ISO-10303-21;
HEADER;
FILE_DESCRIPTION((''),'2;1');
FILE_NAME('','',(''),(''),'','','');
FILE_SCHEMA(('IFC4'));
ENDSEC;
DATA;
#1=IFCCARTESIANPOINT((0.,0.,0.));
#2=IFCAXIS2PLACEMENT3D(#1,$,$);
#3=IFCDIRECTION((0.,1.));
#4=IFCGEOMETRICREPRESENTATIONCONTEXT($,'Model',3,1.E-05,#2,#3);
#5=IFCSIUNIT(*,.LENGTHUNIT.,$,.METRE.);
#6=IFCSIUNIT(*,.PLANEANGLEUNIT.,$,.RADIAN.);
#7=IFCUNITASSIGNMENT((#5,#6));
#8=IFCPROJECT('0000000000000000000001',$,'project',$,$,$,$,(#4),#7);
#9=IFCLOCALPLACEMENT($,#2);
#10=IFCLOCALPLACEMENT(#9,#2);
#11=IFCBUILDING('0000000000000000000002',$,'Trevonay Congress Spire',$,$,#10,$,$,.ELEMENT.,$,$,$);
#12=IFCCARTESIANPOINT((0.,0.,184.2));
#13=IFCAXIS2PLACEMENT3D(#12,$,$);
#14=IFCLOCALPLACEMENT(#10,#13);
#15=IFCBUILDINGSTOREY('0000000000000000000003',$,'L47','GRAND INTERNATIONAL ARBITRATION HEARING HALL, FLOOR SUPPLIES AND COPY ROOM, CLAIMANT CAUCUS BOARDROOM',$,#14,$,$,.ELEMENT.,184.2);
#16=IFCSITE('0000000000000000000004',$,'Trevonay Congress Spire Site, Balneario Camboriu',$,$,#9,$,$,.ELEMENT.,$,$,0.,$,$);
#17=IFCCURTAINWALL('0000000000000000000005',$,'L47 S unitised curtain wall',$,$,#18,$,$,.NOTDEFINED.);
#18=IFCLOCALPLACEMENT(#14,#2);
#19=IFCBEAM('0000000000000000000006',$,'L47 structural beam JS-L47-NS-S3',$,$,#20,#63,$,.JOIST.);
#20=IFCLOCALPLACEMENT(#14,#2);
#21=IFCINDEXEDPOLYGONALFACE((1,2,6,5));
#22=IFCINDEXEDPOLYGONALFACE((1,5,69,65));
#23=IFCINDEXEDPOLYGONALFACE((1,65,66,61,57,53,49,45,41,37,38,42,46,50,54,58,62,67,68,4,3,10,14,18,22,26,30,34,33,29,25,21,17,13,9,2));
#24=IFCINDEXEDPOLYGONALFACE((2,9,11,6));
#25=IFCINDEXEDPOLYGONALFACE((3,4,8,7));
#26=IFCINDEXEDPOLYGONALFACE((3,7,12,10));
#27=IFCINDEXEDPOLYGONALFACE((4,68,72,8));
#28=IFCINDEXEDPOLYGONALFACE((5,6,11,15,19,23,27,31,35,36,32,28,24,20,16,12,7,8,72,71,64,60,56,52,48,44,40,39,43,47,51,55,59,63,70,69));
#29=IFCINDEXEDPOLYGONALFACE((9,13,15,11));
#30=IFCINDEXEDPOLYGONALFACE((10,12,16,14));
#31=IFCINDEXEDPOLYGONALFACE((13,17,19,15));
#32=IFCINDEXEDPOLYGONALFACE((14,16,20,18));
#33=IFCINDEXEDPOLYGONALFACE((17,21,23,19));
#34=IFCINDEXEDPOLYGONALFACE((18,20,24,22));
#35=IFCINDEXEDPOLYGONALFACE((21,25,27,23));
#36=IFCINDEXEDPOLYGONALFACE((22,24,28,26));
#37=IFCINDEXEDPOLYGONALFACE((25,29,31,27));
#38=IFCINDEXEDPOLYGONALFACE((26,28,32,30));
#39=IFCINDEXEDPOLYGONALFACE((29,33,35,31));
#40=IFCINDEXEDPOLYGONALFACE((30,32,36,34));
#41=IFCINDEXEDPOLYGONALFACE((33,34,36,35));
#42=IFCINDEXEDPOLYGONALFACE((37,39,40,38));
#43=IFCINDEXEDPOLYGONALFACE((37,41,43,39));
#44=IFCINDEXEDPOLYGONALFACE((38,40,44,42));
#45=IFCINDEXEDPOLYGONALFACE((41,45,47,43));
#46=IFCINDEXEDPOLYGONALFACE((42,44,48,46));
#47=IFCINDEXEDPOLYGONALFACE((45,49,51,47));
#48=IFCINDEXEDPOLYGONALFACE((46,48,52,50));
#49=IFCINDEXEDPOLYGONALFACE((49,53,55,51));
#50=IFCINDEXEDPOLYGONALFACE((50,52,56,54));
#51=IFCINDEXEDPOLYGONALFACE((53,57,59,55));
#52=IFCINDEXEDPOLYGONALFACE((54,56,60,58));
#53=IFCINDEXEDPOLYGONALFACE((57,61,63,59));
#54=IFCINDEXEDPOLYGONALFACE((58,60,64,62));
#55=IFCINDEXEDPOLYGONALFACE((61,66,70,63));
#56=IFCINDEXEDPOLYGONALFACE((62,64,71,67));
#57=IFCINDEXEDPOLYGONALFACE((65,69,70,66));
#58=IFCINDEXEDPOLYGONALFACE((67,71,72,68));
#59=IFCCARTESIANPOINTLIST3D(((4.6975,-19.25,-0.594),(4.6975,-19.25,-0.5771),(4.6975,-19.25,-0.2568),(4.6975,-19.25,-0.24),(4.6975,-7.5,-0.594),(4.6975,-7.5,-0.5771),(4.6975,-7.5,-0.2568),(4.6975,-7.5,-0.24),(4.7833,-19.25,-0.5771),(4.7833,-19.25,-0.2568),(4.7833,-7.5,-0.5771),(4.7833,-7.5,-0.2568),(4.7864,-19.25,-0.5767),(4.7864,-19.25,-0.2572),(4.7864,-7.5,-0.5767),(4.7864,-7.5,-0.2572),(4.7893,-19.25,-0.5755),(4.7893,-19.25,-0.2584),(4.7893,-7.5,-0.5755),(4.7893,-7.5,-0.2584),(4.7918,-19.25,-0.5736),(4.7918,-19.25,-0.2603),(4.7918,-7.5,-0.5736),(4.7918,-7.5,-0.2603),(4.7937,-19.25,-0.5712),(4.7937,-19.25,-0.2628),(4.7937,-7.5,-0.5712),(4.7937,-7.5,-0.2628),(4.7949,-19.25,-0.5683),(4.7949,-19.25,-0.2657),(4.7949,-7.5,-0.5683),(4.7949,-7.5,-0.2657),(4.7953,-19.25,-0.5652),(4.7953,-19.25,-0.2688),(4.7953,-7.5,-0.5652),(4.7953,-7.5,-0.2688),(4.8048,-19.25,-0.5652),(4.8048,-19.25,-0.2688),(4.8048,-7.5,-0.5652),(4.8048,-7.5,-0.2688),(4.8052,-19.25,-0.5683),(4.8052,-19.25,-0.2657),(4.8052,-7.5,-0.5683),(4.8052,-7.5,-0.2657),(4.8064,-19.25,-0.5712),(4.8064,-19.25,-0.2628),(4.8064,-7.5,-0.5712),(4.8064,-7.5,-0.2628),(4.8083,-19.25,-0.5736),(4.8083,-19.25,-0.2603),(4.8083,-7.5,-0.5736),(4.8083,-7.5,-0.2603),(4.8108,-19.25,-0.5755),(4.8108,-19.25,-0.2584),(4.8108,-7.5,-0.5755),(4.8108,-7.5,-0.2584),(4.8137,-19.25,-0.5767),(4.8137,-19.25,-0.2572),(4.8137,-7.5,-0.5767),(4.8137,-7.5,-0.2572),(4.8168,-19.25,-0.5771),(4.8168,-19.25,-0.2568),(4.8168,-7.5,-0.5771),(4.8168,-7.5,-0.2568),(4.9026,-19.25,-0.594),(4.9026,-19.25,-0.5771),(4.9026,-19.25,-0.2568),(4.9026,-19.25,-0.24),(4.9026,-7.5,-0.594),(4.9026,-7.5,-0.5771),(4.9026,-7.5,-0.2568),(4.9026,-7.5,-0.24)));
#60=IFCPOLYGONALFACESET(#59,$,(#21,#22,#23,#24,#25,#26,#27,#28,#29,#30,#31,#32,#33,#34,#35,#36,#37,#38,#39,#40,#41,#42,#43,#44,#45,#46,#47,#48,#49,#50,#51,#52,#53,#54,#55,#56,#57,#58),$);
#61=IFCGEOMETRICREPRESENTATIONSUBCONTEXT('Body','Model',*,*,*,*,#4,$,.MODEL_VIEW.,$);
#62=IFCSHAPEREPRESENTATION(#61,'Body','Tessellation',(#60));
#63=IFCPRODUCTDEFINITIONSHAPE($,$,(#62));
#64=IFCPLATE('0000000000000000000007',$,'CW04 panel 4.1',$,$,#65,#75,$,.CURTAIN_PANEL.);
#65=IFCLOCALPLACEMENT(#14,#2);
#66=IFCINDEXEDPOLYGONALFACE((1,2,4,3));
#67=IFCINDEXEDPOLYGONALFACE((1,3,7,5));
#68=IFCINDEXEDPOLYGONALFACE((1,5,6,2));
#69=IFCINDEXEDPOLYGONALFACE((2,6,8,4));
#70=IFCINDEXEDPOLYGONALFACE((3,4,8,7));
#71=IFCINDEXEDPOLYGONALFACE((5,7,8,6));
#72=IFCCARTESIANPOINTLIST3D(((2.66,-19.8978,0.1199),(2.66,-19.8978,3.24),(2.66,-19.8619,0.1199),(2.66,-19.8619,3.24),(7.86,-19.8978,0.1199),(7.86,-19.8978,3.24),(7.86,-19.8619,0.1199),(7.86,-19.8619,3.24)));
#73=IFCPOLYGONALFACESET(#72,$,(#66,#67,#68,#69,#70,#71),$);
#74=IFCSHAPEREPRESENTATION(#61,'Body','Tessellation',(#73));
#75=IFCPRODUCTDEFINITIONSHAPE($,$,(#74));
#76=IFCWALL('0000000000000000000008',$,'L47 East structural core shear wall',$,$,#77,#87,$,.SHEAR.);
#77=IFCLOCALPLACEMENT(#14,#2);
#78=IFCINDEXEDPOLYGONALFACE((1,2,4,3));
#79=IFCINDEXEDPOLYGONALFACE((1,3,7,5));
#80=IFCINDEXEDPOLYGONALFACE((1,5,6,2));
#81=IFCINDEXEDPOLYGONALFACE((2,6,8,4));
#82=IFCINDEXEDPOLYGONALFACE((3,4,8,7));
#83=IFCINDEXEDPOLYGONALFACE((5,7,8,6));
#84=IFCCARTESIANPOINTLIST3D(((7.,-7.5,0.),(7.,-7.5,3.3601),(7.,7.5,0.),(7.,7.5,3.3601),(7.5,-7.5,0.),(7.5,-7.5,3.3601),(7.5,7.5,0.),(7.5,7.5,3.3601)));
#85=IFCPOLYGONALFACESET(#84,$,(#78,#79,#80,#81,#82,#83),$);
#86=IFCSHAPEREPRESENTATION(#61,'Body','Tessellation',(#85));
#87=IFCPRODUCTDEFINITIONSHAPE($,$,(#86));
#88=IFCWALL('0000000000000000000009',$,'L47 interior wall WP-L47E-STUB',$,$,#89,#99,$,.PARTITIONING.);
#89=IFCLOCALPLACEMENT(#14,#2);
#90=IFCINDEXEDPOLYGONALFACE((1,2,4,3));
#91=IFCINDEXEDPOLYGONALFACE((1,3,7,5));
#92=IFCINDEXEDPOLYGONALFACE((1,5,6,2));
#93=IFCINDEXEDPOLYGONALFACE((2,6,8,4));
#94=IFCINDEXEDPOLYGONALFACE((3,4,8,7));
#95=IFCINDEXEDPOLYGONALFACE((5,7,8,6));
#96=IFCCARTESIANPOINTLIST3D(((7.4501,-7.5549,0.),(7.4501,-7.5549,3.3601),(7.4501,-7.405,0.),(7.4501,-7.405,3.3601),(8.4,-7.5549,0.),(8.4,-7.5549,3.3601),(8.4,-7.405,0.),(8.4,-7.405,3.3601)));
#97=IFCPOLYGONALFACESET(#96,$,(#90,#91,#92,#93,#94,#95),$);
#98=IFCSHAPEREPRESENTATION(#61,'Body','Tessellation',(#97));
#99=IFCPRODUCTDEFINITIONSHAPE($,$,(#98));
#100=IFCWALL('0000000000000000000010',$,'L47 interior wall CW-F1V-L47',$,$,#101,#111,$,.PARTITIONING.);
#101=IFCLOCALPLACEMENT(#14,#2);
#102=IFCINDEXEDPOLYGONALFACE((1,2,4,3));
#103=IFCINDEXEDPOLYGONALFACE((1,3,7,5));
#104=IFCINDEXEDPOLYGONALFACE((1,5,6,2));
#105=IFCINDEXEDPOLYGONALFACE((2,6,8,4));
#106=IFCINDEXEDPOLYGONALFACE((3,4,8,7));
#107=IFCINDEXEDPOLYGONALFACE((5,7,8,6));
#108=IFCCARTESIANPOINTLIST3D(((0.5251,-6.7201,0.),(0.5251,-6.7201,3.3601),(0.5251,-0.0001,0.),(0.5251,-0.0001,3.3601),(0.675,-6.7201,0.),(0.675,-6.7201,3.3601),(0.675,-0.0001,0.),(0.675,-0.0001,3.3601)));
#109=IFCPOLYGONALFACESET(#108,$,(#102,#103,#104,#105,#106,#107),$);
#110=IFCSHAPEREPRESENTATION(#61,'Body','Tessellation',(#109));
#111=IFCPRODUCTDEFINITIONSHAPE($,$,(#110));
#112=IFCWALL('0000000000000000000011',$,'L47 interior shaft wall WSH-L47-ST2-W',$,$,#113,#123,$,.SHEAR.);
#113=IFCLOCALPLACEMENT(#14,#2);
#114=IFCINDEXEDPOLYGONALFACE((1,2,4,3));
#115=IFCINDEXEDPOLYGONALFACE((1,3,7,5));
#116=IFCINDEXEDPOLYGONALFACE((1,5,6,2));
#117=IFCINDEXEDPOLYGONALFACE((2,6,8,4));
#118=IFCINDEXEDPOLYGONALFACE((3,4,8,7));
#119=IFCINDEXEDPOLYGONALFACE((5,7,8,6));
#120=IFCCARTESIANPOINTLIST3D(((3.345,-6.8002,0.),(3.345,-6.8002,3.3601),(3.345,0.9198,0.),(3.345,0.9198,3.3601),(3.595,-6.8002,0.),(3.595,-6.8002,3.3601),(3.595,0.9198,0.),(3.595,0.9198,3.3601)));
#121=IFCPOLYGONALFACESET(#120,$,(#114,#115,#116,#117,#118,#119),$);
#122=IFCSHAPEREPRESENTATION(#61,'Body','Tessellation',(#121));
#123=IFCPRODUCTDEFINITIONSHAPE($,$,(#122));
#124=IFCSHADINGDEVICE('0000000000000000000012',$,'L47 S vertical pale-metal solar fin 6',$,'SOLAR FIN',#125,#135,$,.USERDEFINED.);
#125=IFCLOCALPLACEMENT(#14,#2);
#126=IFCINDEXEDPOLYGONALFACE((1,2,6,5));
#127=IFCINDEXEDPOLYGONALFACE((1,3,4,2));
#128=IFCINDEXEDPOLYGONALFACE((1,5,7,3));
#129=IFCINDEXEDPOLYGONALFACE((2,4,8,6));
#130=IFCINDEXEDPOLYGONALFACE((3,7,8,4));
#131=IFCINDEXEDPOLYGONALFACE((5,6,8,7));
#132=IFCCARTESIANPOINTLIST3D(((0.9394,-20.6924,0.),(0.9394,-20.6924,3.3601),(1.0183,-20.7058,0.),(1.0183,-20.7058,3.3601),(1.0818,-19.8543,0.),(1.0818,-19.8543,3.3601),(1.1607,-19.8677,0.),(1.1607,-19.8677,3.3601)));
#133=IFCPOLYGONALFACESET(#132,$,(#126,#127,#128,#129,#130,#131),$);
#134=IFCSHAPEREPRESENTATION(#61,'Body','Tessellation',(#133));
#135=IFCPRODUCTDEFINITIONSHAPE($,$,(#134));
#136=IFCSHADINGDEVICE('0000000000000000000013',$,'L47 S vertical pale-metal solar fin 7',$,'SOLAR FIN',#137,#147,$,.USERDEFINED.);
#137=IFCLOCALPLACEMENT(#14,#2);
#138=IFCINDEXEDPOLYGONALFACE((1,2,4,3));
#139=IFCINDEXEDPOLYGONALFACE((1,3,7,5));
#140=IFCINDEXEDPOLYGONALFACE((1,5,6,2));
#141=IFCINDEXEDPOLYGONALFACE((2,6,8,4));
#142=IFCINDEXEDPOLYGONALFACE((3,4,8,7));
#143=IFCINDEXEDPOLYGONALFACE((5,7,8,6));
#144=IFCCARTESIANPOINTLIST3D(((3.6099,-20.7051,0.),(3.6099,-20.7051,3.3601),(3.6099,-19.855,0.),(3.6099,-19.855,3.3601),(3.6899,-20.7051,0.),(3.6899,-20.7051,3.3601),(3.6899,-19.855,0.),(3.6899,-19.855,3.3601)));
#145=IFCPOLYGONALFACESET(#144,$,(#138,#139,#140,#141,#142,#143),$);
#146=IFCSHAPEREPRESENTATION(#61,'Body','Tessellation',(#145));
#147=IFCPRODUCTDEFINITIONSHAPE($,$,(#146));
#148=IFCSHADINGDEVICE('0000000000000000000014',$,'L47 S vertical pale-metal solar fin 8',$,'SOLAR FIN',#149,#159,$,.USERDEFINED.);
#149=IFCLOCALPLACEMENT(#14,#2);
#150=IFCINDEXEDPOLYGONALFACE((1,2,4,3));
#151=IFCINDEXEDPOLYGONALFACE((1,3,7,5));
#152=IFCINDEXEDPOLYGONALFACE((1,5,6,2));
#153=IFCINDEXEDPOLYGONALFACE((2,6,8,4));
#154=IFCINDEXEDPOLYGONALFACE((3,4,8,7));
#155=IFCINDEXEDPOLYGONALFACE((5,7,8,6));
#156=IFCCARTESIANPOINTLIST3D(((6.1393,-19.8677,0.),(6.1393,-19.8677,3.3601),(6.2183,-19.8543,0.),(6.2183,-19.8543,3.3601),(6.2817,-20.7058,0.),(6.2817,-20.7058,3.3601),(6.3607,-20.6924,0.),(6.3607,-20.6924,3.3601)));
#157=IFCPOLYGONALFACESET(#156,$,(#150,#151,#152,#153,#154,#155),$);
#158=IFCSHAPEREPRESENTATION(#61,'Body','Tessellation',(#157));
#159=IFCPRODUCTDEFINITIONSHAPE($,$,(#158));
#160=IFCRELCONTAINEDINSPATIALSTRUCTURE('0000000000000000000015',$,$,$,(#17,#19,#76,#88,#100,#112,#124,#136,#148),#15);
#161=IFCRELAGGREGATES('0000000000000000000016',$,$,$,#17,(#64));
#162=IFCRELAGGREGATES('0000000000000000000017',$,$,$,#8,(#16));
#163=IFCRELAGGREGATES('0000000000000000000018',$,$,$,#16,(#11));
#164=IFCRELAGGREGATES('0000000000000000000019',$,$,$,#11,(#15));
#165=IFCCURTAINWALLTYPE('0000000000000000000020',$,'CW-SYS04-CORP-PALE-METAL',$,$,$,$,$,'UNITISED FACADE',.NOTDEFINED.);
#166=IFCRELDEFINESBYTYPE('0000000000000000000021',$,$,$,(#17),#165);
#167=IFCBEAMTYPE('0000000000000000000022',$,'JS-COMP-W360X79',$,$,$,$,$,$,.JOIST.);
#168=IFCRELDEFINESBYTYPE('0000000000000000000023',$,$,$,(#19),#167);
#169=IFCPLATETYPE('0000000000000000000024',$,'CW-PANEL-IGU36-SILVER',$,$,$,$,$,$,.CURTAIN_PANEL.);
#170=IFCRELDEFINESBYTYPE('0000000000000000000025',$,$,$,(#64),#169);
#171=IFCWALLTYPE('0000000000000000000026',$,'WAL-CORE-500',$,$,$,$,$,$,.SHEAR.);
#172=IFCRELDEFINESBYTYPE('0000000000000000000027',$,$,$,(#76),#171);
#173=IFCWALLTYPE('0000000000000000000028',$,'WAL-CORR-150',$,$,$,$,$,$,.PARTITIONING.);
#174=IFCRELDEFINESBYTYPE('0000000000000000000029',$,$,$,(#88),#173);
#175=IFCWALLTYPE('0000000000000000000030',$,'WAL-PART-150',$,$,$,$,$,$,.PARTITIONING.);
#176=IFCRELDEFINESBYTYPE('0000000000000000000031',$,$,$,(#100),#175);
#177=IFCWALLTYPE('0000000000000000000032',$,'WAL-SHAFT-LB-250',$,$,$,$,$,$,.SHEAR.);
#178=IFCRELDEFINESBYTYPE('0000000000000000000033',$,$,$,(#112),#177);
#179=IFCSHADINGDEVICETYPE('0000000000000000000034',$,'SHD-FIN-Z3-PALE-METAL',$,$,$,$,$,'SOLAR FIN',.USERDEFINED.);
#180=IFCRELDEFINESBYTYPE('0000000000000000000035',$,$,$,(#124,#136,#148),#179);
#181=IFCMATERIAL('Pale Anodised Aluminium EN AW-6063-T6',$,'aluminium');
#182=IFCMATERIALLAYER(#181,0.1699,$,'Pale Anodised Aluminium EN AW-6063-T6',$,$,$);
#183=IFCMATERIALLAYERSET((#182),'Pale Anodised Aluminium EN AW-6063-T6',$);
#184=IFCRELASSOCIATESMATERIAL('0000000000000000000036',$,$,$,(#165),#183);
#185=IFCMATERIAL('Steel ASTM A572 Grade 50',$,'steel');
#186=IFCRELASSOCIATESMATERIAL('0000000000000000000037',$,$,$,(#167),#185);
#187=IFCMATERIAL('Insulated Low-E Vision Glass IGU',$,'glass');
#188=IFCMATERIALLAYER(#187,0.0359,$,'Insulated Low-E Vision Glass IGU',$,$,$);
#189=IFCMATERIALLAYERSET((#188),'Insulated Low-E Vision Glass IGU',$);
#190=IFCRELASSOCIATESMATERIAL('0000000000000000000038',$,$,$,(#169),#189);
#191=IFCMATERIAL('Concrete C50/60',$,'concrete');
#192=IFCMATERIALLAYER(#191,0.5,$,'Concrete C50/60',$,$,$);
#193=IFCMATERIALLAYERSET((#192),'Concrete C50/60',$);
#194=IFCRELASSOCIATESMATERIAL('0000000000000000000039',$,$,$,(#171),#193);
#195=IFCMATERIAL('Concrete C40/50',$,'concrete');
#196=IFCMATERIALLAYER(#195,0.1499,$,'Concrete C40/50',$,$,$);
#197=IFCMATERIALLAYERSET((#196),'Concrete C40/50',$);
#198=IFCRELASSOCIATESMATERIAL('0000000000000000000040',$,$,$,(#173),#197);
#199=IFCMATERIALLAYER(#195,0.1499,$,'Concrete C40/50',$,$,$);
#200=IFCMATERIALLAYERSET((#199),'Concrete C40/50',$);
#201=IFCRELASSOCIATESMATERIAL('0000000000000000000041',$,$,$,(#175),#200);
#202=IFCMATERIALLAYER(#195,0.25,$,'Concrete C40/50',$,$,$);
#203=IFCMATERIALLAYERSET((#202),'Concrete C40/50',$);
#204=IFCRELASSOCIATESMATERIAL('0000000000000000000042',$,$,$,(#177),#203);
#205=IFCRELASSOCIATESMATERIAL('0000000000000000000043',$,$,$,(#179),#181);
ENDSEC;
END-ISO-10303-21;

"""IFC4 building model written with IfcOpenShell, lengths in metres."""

from ifc_helpers import new_model, si_unit, direction, frame, frame_2d, origin, origin_2d, place, context, subcontext, project, spatial, rectangle, i_section, extrude, material, layer, layer_set, material_profile, profile_set, type_object, element, aggregate, save


model = new_model("IFC4")

# Units and contexts
model_context = context("Model", 3, precision=1e-05, world=origin(), true_north=direction((0.0, 1.0)))
body_context = subcontext(model_context, "Body", "Model", "MODEL_VIEW")
ifc_project = project(units=[si_unit("LENGTHUNIT", "METRE"), si_unit("PLANEANGLEUNIT", "RADIAN")], contexts=[model_context])

# Site, building, storey
site_placement = place(None, origin())
site = spatial("IfcSite", under=ifc_project, at=site_placement, Name="Trevonay Congress Spire Site, Balneario Camboriu", CompositionType="ELEMENT", RefElevation=0.0)
building_placement = place(site_placement, origin())
building = spatial("IfcBuilding", under=site, at=building_placement, Name="Trevonay Congress Spire", CompositionType="ELEMENT")
storey_placement = place(building_placement, frame((0.0, 0.0, 184.2)))
storey = spatial("IfcBuildingStorey", under=building, at=storey_placement, Name="L47", Description="GRAND INTERNATIONAL ARBITRATION HEARING HALL, FLOOR SUPPLIES AND COPY ROOM, CLAIMANT CAUCUS BOARDROOM", CompositionType="ELEMENT", Elevation=184.2)

# Shared definitions
ifc_material_1 = material(Name="Steel ASTM A572 Grade 50", Category="steel")

# Curtain wall
ifc_material_2 = material(Name="Pale Anodised Aluminium EN AW-6063-T6", Category="aluminium")
ifc_layer_1 = layer(ifc_material_2, 0.1699, Name="Pale Anodised Aluminium EN AW-6063-T6")
ifc_layer_set_1 = layer_set([ifc_layer_1], Name="Pale Anodised Aluminium EN AW-6063-T6")
curtain_wall_type = type_object("IfcCurtainWallType", Name="CW-SYS04-CORP-PALE-METAL", ElementType="UNITISED FACADE", PredefinedType="NOTDEFINED", material=ifc_layer_set_1)
curtain_wall_placement = place(storey_placement, origin())
curtain_wall = element("IfcCurtainWall", 1, at=curtain_wall_placement, inside=storey, type_object=curtain_wall_type, Name="L47 S unitised curtain wall", PredefinedType="NOTDEFINED")

# Beam
ifc_material_profile_1 = material_profile(ifc_material_1, i_section(OverallWidth=0.2051, OverallDepth=0.354, WebThickness=0.0095, FlangeThickness=0.0168, FilletRadius=0.012, at=origin_2d()), Name="W360x79")
ifc_profile_set_1 = profile_set([ifc_material_profile_1], Name="Steel ASTM A572 Grade 50")
beam_type_1 = type_object("IfcBeamType", Name="JS-COMP-W360X79", PredefinedType="JOIST", material=ifc_profile_set_1)
beam_1_placement = place(storey_placement, frame((4.8, -19.25, -0.417), z_axis=(0.0, 1.0, 0.0), x_axis=(-1.0, 0.0, 0.0)))
element("IfcBeam", 2, at=beam_1_placement, inside=storey, type_object=beam_type_1, Name="L47 structural beam JS-L47-NS-S3", PredefinedType="JOIST", context=body_context, shape_type="SweptSolid", body=[
    extrude(i_section(OverallWidth=0.2051, OverallDepth=0.354, WebThickness=0.0095, FlangeThickness=0.0168, FilletRadius=0.012, at=origin_2d()), origin(), (0.0, 0.0, 1.0), 11.75),
])

# Plate
ifc_material_3 = material(Name="Insulated Low-E Vision Glass IGU", Category="glass")
ifc_layer_2 = layer(ifc_material_3, 0.0359, Name="Insulated Low-E Vision Glass IGU")
ifc_layer_set_2 = layer_set([ifc_layer_2], Name="Insulated Low-E Vision Glass IGU")
plate_type = type_object("IfcPlateType", Name="CW-PANEL-IGU36-SILVER", PredefinedType="CURTAIN_PANEL", material=ifc_layer_set_2)
plate_placement = place(storey_placement, frame((5.26, -19.8799, 0.1199), z_axis=(0.0, 0.0, 1.0), x_axis=(1.0, 0.0, 0.0)))
plate = element("IfcPlate", 3, at=plate_placement, type_object=plate_type, Name="CW04 panel 4.1", PredefinedType="CURTAIN_PANEL", context=body_context, shape_type="SweptSolid", body=[
    extrude(rectangle(XDim=5.2, YDim=0.0359, at=origin_2d()), origin(), (0.0, 0.0, 1.0), 3.1201),
])
aggregate(curtain_wall, [plate])

# Walls
ifc_material_4 = material(Name="Concrete C50/60", Category="concrete")
ifc_layer_3 = layer(ifc_material_4, 0.5, Name="Concrete C50/60")
ifc_layer_set_3 = layer_set([ifc_layer_3], Name="Concrete C50/60")
wall_type_1 = type_object("IfcWallType", Name="WAL-CORE-500", PredefinedType="SHEAR", material=ifc_layer_set_3)
wall_1_placement = place(storey_placement, frame((7.25, -7.5, 0.0), z_axis=(0.0, 0.0, 1.0), x_axis=(0.0, 1.0, 0.0)))
element("IfcWall", 4, at=wall_1_placement, inside=storey, type_object=wall_type_1, Name="L47 East structural core shear wall", PredefinedType="SHEAR", context=body_context, shape_type="SweptSolid", body=[
    extrude(rectangle(XDim=15.0, YDim=0.5, at=frame_2d((7.5, 0.0))), origin(), (0.0, 0.0, 1.0), 3.3601),
])
ifc_material_5 = material(Name="Concrete C40/50", Category="concrete")
ifc_layer_4 = layer(ifc_material_5, 0.1499, Name="Concrete C40/50")
ifc_layer_set_4 = layer_set([ifc_layer_4], Name="Concrete C40/50")
wall_type_2 = type_object("IfcWallType", Name="WAL-CORR-150", PredefinedType="PARTITIONING", material=ifc_layer_set_4)
wall_2_placement = place(storey_placement, frame((7.45, -7.48, 0.0), z_axis=(0.0, 0.0, 1.0), x_axis=(1.0, 0.0, 0.0)))
element("IfcWall", 5, at=wall_2_placement, inside=storey, type_object=wall_type_2, Name="L47 interior wall WP-L47E-STUB", PredefinedType="PARTITIONING", context=body_context, shape_type="SweptSolid", body=[
    extrude(rectangle(XDim=0.95, YDim=0.1499, at=frame_2d((0.4751, 0.0))), origin(), (0.0, 0.0, 1.0), 3.3601),
])
ifc_layer_5 = layer(ifc_material_5, 0.1499, Name="Concrete C40/50")
ifc_layer_set_5 = layer_set([ifc_layer_5], Name="Concrete C40/50")
wall_type_3 = type_object("IfcWallType", Name="WAL-PART-150", PredefinedType="PARTITIONING", material=ifc_layer_set_5)
wall_3_placement = place(storey_placement, frame((0.6001, -6.72, 0.0), z_axis=(0.0, 0.0, 1.0), x_axis=(0.0, 1.0, 0.0)))
element("IfcWall", 6, at=wall_3_placement, inside=storey, type_object=wall_type_3, Name="L47 interior wall CW-F1V-L47", PredefinedType="PARTITIONING", context=body_context, shape_type="SweptSolid", body=[
    extrude(rectangle(XDim=6.72, YDim=0.1499, at=frame_2d((3.3599, 0.0))), origin(), (0.0, 0.0, 1.0), 3.3601),
])
ifc_layer_6 = layer(ifc_material_5, 0.25, Name="Concrete C40/50")
ifc_layer_set_6 = layer_set([ifc_layer_6], Name="Concrete C40/50")
wall_type_4 = type_object("IfcWallType", Name="WAL-SHAFT-LB-250", PredefinedType="SHEAR", material=ifc_layer_set_6)
wall_4_placement = place(storey_placement, frame((3.47, -6.8, 0.0), z_axis=(0.0, 0.0, 1.0), x_axis=(0.0, 1.0, 0.0)))
element("IfcWall", 7, at=wall_4_placement, inside=storey, type_object=wall_type_4, Name="L47 interior shaft wall WSH-L47-ST2-W", PredefinedType="SHEAR", context=body_context, shape_type="SweptSolid", body=[
    extrude(rectangle(XDim=7.72, YDim=0.25, at=frame_2d((3.8599, 0.0))), origin(), (0.0, 0.0, 1.0), 3.3601),
])

# Shading devices
shading_device_type = type_object("IfcShadingDeviceType", Name="SHD-FIN-Z3-PALE-METAL", ElementType="SOLAR FIN", PredefinedType="USERDEFINED", material=ifc_material_2)
for number, where, z_axis, x_axis, name in (
    (8, (1.05, -20.28, 0.0), (0.0, 0.0, 1.0), (0.985879, -0.167457, 0.0), "L47 S vertical pale-metal solar fin 6"),
    (9, (3.6499, -20.28, 0.0), (0.0, 0.0, 1.0), (1.0, 0.0, 0.0), "L47 S vertical pale-metal solar fin 7"),
    (10, (6.25, -20.28, 0.0), (0.0, 0.0, 1.0), (0.985879, 0.167457, 0.0), "L47 S vertical pale-metal solar fin 8"),
):
    element("IfcShadingDevice", number, at=place(storey_placement, frame(where, z_axis=z_axis, x_axis=x_axis)), inside=storey, type_object=shading_device_type, Name=name, ObjectType="SOLAR FIN", PredefinedType="USERDEFINED", context=body_context, shape_type="SweptSolid", body=[
        extrude(rectangle(XDim=0.0801, YDim=0.8501, at=origin_2d()), origin(), (0.0, 0.0, 1.0), 3.3601),
    ])

save(model, "model.ifc")
